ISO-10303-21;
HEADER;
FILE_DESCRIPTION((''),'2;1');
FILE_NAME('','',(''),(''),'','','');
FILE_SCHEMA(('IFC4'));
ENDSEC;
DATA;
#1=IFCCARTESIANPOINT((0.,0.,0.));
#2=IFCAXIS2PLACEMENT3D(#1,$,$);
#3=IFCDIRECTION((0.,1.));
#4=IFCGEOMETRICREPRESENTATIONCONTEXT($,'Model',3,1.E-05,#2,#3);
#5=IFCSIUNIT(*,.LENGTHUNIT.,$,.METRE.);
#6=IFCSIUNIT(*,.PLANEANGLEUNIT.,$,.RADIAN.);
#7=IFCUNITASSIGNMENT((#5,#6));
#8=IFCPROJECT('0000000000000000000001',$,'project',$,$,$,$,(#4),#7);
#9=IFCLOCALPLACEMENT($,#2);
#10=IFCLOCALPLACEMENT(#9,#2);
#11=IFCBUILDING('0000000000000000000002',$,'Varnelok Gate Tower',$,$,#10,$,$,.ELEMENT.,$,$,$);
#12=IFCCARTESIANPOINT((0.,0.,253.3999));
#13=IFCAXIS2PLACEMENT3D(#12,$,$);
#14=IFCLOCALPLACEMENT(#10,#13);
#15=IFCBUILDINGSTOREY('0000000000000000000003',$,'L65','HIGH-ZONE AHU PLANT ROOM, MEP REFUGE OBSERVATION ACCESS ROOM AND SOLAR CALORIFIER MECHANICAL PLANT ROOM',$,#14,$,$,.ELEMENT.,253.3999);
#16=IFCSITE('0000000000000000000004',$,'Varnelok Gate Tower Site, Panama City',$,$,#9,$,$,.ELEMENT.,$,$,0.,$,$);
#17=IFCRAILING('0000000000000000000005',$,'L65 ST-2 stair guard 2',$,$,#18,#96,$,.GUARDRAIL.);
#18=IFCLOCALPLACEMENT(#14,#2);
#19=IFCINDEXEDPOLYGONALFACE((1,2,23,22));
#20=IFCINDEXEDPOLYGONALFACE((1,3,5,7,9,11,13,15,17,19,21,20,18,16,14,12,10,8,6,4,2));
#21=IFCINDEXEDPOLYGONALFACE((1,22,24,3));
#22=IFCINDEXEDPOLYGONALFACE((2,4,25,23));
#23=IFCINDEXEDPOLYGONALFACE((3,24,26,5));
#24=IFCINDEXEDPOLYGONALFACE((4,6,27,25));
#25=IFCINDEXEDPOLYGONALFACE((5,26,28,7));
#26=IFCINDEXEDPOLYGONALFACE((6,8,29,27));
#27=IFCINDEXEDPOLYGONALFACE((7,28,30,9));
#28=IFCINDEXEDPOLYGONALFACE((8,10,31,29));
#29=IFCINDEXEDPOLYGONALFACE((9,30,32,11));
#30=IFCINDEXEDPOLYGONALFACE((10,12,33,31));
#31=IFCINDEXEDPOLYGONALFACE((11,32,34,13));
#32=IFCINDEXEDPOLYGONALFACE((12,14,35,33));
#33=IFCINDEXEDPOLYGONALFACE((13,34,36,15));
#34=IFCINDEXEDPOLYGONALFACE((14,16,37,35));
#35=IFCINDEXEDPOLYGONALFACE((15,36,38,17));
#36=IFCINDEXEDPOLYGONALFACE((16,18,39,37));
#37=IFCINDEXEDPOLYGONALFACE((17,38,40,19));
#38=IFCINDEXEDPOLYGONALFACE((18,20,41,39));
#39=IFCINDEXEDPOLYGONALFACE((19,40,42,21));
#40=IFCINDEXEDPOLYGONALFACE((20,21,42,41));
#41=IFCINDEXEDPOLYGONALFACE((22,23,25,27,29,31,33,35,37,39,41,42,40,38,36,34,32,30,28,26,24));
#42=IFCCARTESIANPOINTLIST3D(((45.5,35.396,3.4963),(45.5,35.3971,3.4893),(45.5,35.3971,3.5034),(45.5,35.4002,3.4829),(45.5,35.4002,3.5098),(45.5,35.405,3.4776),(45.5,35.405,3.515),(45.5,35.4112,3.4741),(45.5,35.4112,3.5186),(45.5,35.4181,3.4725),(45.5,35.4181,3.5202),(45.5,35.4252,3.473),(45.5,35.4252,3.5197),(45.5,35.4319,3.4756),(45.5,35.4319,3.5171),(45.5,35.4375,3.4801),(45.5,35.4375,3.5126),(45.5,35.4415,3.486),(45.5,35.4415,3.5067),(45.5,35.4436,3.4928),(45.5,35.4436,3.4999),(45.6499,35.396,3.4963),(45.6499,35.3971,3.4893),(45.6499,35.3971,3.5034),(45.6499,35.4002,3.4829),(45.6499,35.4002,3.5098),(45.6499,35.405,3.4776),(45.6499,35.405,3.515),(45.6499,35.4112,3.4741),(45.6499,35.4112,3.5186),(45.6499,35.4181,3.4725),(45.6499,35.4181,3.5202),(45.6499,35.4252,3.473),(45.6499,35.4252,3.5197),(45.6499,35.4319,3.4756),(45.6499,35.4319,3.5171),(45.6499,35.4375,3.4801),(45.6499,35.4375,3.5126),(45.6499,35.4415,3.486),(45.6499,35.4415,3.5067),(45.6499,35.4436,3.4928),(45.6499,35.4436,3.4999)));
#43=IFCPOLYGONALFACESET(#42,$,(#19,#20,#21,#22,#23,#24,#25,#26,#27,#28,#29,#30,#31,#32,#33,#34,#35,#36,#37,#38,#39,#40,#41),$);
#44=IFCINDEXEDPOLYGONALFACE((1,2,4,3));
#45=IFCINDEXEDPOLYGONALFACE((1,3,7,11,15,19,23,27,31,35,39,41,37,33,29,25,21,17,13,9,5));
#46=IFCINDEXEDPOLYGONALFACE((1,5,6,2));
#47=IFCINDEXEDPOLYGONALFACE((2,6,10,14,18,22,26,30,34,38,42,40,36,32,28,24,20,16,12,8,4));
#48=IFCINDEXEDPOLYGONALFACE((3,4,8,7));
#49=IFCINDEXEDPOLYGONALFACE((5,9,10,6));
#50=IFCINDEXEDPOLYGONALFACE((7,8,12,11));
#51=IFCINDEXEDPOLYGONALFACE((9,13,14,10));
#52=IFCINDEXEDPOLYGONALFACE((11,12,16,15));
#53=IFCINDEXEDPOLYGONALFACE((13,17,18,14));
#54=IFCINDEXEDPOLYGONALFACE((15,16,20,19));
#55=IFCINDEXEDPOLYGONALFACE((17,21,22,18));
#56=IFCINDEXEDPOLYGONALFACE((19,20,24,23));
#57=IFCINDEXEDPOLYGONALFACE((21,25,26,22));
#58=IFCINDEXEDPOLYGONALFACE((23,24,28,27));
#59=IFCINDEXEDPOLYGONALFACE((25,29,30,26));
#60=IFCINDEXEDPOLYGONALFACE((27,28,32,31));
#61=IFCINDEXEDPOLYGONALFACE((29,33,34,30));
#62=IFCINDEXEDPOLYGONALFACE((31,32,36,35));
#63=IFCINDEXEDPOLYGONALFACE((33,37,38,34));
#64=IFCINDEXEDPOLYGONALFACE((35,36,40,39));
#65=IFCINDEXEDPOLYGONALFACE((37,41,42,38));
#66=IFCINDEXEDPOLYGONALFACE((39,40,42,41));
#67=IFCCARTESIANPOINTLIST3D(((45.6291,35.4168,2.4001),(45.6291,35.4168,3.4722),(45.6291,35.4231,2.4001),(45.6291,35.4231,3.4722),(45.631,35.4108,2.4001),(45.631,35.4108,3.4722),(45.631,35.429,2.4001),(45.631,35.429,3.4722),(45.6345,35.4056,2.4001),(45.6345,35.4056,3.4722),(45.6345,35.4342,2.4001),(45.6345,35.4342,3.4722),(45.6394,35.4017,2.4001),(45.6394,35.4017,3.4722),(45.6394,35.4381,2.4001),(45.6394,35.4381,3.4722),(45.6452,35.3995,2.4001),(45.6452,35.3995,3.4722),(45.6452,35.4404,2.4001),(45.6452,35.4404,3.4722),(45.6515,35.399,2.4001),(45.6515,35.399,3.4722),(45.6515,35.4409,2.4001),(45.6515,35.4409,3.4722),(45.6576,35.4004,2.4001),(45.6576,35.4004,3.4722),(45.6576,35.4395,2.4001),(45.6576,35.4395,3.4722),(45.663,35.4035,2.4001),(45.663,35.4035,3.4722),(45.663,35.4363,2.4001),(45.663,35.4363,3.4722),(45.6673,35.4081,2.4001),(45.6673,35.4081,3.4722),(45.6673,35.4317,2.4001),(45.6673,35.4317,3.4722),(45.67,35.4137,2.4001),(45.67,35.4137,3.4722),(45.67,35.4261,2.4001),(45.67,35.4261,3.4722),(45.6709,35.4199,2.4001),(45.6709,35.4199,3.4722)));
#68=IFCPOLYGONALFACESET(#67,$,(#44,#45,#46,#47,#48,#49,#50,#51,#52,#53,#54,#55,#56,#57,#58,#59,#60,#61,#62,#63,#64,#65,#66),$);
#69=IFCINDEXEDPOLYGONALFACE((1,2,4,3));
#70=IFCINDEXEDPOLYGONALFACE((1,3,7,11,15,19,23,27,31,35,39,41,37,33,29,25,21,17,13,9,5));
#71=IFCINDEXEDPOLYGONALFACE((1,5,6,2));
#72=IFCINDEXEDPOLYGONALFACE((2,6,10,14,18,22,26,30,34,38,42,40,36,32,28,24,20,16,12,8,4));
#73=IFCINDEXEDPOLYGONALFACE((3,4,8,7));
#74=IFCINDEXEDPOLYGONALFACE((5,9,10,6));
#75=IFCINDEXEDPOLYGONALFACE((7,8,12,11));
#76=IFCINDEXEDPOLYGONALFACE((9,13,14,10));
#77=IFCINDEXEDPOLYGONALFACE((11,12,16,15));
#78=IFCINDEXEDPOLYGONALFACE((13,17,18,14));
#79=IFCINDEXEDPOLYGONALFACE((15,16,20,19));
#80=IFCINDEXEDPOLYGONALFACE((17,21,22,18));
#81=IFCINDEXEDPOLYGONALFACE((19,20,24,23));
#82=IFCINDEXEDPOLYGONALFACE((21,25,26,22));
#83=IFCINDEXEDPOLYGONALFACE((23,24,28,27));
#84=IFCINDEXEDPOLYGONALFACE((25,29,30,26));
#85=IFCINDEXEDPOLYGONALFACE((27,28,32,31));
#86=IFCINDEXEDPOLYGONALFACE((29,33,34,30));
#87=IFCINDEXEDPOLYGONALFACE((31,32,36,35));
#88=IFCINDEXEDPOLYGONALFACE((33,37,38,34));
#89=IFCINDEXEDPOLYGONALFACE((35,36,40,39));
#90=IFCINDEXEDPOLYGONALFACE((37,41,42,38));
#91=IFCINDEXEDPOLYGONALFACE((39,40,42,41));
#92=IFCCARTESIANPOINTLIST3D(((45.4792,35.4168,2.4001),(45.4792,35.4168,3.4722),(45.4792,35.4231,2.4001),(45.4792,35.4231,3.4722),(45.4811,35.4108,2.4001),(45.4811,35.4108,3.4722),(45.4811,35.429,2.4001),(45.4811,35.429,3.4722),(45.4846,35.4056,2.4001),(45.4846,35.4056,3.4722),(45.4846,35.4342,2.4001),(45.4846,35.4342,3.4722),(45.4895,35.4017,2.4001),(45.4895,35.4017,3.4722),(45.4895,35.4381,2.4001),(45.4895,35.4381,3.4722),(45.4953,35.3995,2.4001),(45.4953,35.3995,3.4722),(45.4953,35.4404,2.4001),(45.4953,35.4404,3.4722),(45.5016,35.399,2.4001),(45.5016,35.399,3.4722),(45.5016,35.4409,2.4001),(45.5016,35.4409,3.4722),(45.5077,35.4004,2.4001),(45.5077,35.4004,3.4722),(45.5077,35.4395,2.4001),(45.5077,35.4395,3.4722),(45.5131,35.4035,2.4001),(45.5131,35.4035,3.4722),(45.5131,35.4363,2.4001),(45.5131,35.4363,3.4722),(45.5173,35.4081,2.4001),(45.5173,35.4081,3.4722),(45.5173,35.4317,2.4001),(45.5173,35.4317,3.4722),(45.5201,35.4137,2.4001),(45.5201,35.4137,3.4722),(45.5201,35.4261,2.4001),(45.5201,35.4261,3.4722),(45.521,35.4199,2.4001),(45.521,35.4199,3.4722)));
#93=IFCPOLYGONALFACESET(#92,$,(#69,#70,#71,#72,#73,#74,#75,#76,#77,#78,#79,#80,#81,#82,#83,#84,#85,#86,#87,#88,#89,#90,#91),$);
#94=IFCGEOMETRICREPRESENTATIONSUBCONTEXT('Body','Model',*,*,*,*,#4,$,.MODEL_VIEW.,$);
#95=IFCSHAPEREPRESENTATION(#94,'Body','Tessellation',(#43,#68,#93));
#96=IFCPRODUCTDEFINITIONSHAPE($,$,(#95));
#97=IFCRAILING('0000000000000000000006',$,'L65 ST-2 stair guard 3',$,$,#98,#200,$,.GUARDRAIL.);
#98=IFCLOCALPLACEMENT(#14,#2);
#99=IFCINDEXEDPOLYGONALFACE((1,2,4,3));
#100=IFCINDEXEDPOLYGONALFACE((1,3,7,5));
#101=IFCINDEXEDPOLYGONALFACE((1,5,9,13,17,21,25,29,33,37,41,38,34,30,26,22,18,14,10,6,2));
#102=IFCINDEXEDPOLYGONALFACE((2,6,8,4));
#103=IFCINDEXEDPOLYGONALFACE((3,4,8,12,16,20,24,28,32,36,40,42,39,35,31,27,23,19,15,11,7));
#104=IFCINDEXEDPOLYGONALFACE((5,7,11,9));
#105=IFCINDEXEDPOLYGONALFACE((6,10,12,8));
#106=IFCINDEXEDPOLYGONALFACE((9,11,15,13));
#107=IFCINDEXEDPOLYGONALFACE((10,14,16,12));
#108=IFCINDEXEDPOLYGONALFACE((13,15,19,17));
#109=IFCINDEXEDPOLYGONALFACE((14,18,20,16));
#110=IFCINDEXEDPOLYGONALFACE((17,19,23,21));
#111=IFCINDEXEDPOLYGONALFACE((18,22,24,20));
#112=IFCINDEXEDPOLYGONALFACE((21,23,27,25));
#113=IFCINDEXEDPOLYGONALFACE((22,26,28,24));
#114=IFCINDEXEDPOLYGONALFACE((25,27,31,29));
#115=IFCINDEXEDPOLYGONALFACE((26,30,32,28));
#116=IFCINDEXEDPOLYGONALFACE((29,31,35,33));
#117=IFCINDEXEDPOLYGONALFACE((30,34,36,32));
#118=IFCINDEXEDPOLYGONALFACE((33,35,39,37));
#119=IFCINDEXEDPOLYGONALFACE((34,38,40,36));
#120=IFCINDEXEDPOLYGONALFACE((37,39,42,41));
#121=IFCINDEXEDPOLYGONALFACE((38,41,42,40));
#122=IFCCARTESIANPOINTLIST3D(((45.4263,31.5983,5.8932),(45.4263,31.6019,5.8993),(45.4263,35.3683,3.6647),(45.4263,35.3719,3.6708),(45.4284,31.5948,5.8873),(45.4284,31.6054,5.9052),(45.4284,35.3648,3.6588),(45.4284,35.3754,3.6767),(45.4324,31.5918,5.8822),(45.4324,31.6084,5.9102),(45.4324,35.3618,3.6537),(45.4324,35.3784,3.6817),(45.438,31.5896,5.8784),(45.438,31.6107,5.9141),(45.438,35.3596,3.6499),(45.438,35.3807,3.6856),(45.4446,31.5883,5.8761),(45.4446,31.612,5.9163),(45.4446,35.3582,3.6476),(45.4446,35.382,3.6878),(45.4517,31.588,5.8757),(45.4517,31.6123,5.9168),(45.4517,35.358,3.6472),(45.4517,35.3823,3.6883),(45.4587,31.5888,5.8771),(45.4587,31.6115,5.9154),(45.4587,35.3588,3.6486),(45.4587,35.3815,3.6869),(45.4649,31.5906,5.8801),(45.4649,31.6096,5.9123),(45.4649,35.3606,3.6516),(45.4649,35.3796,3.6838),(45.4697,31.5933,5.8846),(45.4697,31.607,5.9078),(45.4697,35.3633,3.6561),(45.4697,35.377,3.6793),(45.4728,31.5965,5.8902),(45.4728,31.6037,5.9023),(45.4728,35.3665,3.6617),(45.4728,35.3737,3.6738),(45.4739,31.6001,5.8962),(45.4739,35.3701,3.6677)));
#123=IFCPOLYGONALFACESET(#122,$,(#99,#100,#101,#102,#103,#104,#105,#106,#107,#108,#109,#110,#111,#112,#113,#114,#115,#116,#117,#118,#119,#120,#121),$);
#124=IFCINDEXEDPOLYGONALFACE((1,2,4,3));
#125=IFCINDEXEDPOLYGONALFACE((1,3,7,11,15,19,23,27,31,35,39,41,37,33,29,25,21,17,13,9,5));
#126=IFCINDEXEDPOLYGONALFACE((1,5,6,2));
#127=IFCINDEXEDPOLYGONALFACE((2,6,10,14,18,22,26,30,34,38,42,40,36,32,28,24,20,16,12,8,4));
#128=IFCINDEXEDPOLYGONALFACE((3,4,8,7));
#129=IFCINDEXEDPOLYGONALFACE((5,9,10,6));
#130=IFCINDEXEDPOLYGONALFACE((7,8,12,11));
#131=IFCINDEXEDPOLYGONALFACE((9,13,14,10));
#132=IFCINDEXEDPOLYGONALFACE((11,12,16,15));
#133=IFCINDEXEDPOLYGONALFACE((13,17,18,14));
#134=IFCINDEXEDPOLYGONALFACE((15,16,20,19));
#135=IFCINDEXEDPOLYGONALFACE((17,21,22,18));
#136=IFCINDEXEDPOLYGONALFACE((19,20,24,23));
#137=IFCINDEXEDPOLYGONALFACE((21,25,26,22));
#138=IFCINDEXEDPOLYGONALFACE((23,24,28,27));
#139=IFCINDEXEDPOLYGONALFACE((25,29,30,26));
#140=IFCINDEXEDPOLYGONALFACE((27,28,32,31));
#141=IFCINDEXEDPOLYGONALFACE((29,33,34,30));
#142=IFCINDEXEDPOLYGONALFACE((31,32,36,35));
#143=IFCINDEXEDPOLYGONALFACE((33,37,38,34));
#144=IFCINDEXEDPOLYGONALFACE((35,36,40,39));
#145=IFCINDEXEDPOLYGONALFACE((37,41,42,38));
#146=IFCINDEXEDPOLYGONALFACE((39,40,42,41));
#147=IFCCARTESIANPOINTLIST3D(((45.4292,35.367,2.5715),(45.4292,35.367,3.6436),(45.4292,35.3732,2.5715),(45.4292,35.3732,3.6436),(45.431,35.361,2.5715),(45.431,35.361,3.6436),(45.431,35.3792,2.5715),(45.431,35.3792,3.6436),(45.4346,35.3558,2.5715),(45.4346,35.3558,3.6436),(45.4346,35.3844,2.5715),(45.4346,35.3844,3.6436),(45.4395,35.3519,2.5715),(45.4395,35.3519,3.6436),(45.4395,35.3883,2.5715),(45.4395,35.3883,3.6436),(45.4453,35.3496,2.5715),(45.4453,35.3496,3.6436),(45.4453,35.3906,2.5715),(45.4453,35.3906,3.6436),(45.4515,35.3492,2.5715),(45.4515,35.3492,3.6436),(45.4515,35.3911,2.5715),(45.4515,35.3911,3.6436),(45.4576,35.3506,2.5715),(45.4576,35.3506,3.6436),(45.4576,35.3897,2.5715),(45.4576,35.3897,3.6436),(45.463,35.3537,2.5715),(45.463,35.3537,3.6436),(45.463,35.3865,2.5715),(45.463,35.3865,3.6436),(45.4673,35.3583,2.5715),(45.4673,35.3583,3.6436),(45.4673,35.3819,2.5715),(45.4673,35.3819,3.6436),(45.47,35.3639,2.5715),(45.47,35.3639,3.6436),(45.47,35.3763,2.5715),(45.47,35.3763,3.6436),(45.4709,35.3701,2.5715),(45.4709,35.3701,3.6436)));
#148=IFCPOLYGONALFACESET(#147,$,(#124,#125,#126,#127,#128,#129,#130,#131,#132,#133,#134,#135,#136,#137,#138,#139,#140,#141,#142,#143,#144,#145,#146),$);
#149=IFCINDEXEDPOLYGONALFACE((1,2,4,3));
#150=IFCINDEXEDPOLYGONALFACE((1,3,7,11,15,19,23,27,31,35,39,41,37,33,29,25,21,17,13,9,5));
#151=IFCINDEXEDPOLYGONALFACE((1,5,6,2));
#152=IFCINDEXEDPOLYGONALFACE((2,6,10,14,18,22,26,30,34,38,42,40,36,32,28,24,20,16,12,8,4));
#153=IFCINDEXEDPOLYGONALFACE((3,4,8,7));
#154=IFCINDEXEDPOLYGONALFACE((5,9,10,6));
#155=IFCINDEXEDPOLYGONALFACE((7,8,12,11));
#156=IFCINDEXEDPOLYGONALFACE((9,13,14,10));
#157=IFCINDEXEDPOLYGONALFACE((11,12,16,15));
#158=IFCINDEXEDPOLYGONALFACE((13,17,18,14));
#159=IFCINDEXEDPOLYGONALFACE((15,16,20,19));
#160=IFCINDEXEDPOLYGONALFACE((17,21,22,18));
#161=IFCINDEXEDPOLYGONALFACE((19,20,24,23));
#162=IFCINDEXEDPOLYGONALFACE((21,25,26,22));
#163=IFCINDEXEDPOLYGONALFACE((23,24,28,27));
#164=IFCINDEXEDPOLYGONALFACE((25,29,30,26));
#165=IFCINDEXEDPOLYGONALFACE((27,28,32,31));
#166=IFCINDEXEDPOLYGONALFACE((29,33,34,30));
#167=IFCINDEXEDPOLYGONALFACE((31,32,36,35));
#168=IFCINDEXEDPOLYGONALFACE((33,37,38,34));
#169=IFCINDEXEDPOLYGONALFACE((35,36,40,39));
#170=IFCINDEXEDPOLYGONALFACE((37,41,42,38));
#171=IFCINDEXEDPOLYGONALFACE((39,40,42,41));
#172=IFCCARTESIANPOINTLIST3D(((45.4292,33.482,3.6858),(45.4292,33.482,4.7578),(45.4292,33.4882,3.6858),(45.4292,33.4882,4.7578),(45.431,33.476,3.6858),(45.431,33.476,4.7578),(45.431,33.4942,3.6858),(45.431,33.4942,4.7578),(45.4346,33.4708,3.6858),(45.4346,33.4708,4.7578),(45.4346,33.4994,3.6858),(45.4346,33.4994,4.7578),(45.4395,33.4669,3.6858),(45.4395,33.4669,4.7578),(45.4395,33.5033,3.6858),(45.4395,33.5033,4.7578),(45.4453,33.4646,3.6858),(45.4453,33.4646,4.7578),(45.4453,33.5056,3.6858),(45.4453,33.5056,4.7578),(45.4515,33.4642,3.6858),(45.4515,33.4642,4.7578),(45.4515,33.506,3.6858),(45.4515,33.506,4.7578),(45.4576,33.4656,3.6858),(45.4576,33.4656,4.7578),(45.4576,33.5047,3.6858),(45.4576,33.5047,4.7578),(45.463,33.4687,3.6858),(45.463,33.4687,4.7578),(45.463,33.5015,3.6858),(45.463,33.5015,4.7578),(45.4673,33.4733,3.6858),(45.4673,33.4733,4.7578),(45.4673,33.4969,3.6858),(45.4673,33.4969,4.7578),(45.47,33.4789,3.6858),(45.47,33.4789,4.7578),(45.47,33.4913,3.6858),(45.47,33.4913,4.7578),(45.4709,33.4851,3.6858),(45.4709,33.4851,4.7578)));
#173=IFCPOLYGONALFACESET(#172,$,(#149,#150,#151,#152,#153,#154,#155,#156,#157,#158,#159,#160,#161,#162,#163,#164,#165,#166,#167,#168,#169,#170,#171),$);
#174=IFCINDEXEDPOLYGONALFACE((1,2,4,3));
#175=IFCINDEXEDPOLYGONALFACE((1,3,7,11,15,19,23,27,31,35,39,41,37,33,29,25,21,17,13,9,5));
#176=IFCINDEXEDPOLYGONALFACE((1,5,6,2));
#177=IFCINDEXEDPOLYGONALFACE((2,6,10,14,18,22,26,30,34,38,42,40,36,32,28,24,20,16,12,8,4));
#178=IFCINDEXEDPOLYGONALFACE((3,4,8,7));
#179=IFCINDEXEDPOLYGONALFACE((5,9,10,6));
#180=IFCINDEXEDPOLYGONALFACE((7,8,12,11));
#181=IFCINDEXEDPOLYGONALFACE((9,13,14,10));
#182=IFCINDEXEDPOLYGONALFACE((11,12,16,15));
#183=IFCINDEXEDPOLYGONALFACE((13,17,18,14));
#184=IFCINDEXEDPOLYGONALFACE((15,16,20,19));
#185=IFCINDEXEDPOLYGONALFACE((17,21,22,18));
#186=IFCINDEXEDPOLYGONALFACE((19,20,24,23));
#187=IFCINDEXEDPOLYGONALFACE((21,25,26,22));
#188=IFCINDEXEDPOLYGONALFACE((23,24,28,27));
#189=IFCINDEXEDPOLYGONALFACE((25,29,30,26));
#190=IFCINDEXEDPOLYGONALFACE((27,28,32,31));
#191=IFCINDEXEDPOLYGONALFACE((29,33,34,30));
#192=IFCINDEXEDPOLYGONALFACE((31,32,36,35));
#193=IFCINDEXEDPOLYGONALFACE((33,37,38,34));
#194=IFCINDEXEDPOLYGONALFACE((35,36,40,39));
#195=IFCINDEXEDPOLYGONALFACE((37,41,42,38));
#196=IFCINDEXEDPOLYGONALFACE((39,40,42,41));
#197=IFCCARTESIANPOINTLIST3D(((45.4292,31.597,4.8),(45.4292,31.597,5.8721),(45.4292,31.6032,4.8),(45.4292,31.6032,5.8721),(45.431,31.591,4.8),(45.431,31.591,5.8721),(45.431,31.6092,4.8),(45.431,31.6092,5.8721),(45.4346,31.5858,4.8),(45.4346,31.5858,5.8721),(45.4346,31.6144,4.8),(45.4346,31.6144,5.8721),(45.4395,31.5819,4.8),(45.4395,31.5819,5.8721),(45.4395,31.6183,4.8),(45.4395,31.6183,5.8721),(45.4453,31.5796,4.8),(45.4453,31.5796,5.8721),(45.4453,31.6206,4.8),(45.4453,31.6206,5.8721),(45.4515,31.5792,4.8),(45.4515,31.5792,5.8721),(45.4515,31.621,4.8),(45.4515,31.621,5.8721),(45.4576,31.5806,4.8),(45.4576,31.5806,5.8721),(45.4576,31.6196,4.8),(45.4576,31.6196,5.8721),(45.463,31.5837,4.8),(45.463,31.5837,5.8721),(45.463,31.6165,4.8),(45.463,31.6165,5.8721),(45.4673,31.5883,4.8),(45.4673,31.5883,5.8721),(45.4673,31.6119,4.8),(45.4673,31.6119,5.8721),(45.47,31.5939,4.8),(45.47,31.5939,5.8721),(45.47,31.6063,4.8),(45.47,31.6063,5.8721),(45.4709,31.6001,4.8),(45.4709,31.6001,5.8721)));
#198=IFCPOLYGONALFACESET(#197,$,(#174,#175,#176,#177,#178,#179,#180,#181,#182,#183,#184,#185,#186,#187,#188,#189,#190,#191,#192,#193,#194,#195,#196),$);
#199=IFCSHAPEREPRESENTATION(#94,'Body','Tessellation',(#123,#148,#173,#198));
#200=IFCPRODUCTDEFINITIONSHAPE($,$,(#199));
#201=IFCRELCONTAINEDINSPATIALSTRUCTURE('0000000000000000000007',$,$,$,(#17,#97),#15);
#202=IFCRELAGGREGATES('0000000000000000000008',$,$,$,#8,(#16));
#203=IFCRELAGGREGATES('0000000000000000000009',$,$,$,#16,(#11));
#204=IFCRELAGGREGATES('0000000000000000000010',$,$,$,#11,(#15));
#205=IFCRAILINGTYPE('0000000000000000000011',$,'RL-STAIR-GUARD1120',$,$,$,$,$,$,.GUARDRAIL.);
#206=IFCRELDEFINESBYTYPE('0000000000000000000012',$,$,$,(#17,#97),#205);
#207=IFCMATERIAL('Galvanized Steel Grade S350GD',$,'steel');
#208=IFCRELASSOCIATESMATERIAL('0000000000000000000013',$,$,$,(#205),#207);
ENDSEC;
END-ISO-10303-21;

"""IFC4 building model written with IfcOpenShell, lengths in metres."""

from ifc_helpers import new_model, si_unit, direction, frame, origin, origin_2d, place, context, subcontext, project, spatial, circle, extrude, material, type_object, element, save


model = new_model("IFC4")

# Units and contexts
model_context = context("Model", 3, precision=1e-05, world=origin(), true_north=direction((0.0, 1.0)))
body_context = subcontext(model_context, "Body", "Model", "MODEL_VIEW")
ifc_project = project(units=[si_unit("LENGTHUNIT", "METRE"), si_unit("PLANEANGLEUNIT", "RADIAN")], contexts=[model_context])

# Site, building, storey
site_placement = place(None, origin())
site = spatial("IfcSite", under=ifc_project, at=site_placement, Name="Varnelok Gate Tower Site, Panama City", CompositionType="ELEMENT", RefElevation=0.0)
building_placement = place(site_placement, origin())
building = spatial("IfcBuilding", under=site, at=building_placement, Name="Varnelok Gate Tower", CompositionType="ELEMENT")
storey_placement = place(building_placement, frame((0.0, 0.0, 253.3999)))
storey = spatial("IfcBuildingStorey", under=building, at=storey_placement, Name="L65", Description="HIGH-ZONE AHU PLANT ROOM, MEP REFUGE OBSERVATION ACCESS ROOM AND SOLAR CALORIFIER MECHANICAL PLANT ROOM", CompositionType="ELEMENT", Elevation=253.3999)

# Shared definitions
ifc_material_1 = material(Name="Galvanized Steel Grade S350GD", Category="steel")

# Railings
railing_type_1 = type_object("IfcRailingType", Name="RL-STAIR-GUARD1120", PredefinedType="GUARDRAIL", material=ifc_material_1)
railing_1_placement = place(storey_placement, frame((45.6499, 35.4199, 2.4001)))
element("IfcRailing", 1, at=railing_1_placement, inside=storey, type_object=railing_type_1, Name="L65 ST-2 stair guard 2", PredefinedType="GUARDRAIL", context=body_context, shape_type="SweptSolid", body=[
    extrude(circle(Radius=0.0239, at=origin_2d()), frame((0.0, 0.0, 1.0962), z_axis=(-1.0, 0.0, 0.0), x_axis=(0.0, -1.0, 0.0)), (0.0, 0.0, 1.0), 0.1499),
    extrude(circle(Radius=0.021, at=origin_2d()), origin(), (0.0, 0.0, 1.0), 1.072),
    extrude(circle(Radius=0.021, at=origin_2d()), frame((-0.1499, 0.0, 0.0)), (0.0, 0.0, 1.0), 1.072),
])
railing_2_placement = place(storey_placement, frame((45.45, 35.3701, 2.5715)))
element("IfcRailing", 2, at=railing_2_placement, inside=storey, type_object=railing_type_1, Name="L65 ST-2 stair guard 3", PredefinedType="GUARDRAIL", context=body_context, shape_type="SweptSolid", body=[
    extrude(circle(Radius=0.0239, at=origin_2d()), frame((0.0, 0.0, 1.0962), z_axis=(0.0, -0.860849, 0.508861), x_axis=(1.0, 0.0, 0.0)), (0.0, 0.0, 1.0), 4.3794),
    extrude(circle(Radius=0.021, at=origin_2d()), origin(), (0.0, 0.0, 1.0), 1.072),
    extrude(circle(Radius=0.021, at=origin_2d()), frame((0.0, -1.885, 1.1143)), (0.0, 0.0, 1.0), 1.072),
    extrude(circle(Radius=0.021, at=origin_2d()), frame((0.0, -3.77, 2.2285)), (0.0, 0.0, 1.0), 1.072),
])

save(model, "model.ifc")
